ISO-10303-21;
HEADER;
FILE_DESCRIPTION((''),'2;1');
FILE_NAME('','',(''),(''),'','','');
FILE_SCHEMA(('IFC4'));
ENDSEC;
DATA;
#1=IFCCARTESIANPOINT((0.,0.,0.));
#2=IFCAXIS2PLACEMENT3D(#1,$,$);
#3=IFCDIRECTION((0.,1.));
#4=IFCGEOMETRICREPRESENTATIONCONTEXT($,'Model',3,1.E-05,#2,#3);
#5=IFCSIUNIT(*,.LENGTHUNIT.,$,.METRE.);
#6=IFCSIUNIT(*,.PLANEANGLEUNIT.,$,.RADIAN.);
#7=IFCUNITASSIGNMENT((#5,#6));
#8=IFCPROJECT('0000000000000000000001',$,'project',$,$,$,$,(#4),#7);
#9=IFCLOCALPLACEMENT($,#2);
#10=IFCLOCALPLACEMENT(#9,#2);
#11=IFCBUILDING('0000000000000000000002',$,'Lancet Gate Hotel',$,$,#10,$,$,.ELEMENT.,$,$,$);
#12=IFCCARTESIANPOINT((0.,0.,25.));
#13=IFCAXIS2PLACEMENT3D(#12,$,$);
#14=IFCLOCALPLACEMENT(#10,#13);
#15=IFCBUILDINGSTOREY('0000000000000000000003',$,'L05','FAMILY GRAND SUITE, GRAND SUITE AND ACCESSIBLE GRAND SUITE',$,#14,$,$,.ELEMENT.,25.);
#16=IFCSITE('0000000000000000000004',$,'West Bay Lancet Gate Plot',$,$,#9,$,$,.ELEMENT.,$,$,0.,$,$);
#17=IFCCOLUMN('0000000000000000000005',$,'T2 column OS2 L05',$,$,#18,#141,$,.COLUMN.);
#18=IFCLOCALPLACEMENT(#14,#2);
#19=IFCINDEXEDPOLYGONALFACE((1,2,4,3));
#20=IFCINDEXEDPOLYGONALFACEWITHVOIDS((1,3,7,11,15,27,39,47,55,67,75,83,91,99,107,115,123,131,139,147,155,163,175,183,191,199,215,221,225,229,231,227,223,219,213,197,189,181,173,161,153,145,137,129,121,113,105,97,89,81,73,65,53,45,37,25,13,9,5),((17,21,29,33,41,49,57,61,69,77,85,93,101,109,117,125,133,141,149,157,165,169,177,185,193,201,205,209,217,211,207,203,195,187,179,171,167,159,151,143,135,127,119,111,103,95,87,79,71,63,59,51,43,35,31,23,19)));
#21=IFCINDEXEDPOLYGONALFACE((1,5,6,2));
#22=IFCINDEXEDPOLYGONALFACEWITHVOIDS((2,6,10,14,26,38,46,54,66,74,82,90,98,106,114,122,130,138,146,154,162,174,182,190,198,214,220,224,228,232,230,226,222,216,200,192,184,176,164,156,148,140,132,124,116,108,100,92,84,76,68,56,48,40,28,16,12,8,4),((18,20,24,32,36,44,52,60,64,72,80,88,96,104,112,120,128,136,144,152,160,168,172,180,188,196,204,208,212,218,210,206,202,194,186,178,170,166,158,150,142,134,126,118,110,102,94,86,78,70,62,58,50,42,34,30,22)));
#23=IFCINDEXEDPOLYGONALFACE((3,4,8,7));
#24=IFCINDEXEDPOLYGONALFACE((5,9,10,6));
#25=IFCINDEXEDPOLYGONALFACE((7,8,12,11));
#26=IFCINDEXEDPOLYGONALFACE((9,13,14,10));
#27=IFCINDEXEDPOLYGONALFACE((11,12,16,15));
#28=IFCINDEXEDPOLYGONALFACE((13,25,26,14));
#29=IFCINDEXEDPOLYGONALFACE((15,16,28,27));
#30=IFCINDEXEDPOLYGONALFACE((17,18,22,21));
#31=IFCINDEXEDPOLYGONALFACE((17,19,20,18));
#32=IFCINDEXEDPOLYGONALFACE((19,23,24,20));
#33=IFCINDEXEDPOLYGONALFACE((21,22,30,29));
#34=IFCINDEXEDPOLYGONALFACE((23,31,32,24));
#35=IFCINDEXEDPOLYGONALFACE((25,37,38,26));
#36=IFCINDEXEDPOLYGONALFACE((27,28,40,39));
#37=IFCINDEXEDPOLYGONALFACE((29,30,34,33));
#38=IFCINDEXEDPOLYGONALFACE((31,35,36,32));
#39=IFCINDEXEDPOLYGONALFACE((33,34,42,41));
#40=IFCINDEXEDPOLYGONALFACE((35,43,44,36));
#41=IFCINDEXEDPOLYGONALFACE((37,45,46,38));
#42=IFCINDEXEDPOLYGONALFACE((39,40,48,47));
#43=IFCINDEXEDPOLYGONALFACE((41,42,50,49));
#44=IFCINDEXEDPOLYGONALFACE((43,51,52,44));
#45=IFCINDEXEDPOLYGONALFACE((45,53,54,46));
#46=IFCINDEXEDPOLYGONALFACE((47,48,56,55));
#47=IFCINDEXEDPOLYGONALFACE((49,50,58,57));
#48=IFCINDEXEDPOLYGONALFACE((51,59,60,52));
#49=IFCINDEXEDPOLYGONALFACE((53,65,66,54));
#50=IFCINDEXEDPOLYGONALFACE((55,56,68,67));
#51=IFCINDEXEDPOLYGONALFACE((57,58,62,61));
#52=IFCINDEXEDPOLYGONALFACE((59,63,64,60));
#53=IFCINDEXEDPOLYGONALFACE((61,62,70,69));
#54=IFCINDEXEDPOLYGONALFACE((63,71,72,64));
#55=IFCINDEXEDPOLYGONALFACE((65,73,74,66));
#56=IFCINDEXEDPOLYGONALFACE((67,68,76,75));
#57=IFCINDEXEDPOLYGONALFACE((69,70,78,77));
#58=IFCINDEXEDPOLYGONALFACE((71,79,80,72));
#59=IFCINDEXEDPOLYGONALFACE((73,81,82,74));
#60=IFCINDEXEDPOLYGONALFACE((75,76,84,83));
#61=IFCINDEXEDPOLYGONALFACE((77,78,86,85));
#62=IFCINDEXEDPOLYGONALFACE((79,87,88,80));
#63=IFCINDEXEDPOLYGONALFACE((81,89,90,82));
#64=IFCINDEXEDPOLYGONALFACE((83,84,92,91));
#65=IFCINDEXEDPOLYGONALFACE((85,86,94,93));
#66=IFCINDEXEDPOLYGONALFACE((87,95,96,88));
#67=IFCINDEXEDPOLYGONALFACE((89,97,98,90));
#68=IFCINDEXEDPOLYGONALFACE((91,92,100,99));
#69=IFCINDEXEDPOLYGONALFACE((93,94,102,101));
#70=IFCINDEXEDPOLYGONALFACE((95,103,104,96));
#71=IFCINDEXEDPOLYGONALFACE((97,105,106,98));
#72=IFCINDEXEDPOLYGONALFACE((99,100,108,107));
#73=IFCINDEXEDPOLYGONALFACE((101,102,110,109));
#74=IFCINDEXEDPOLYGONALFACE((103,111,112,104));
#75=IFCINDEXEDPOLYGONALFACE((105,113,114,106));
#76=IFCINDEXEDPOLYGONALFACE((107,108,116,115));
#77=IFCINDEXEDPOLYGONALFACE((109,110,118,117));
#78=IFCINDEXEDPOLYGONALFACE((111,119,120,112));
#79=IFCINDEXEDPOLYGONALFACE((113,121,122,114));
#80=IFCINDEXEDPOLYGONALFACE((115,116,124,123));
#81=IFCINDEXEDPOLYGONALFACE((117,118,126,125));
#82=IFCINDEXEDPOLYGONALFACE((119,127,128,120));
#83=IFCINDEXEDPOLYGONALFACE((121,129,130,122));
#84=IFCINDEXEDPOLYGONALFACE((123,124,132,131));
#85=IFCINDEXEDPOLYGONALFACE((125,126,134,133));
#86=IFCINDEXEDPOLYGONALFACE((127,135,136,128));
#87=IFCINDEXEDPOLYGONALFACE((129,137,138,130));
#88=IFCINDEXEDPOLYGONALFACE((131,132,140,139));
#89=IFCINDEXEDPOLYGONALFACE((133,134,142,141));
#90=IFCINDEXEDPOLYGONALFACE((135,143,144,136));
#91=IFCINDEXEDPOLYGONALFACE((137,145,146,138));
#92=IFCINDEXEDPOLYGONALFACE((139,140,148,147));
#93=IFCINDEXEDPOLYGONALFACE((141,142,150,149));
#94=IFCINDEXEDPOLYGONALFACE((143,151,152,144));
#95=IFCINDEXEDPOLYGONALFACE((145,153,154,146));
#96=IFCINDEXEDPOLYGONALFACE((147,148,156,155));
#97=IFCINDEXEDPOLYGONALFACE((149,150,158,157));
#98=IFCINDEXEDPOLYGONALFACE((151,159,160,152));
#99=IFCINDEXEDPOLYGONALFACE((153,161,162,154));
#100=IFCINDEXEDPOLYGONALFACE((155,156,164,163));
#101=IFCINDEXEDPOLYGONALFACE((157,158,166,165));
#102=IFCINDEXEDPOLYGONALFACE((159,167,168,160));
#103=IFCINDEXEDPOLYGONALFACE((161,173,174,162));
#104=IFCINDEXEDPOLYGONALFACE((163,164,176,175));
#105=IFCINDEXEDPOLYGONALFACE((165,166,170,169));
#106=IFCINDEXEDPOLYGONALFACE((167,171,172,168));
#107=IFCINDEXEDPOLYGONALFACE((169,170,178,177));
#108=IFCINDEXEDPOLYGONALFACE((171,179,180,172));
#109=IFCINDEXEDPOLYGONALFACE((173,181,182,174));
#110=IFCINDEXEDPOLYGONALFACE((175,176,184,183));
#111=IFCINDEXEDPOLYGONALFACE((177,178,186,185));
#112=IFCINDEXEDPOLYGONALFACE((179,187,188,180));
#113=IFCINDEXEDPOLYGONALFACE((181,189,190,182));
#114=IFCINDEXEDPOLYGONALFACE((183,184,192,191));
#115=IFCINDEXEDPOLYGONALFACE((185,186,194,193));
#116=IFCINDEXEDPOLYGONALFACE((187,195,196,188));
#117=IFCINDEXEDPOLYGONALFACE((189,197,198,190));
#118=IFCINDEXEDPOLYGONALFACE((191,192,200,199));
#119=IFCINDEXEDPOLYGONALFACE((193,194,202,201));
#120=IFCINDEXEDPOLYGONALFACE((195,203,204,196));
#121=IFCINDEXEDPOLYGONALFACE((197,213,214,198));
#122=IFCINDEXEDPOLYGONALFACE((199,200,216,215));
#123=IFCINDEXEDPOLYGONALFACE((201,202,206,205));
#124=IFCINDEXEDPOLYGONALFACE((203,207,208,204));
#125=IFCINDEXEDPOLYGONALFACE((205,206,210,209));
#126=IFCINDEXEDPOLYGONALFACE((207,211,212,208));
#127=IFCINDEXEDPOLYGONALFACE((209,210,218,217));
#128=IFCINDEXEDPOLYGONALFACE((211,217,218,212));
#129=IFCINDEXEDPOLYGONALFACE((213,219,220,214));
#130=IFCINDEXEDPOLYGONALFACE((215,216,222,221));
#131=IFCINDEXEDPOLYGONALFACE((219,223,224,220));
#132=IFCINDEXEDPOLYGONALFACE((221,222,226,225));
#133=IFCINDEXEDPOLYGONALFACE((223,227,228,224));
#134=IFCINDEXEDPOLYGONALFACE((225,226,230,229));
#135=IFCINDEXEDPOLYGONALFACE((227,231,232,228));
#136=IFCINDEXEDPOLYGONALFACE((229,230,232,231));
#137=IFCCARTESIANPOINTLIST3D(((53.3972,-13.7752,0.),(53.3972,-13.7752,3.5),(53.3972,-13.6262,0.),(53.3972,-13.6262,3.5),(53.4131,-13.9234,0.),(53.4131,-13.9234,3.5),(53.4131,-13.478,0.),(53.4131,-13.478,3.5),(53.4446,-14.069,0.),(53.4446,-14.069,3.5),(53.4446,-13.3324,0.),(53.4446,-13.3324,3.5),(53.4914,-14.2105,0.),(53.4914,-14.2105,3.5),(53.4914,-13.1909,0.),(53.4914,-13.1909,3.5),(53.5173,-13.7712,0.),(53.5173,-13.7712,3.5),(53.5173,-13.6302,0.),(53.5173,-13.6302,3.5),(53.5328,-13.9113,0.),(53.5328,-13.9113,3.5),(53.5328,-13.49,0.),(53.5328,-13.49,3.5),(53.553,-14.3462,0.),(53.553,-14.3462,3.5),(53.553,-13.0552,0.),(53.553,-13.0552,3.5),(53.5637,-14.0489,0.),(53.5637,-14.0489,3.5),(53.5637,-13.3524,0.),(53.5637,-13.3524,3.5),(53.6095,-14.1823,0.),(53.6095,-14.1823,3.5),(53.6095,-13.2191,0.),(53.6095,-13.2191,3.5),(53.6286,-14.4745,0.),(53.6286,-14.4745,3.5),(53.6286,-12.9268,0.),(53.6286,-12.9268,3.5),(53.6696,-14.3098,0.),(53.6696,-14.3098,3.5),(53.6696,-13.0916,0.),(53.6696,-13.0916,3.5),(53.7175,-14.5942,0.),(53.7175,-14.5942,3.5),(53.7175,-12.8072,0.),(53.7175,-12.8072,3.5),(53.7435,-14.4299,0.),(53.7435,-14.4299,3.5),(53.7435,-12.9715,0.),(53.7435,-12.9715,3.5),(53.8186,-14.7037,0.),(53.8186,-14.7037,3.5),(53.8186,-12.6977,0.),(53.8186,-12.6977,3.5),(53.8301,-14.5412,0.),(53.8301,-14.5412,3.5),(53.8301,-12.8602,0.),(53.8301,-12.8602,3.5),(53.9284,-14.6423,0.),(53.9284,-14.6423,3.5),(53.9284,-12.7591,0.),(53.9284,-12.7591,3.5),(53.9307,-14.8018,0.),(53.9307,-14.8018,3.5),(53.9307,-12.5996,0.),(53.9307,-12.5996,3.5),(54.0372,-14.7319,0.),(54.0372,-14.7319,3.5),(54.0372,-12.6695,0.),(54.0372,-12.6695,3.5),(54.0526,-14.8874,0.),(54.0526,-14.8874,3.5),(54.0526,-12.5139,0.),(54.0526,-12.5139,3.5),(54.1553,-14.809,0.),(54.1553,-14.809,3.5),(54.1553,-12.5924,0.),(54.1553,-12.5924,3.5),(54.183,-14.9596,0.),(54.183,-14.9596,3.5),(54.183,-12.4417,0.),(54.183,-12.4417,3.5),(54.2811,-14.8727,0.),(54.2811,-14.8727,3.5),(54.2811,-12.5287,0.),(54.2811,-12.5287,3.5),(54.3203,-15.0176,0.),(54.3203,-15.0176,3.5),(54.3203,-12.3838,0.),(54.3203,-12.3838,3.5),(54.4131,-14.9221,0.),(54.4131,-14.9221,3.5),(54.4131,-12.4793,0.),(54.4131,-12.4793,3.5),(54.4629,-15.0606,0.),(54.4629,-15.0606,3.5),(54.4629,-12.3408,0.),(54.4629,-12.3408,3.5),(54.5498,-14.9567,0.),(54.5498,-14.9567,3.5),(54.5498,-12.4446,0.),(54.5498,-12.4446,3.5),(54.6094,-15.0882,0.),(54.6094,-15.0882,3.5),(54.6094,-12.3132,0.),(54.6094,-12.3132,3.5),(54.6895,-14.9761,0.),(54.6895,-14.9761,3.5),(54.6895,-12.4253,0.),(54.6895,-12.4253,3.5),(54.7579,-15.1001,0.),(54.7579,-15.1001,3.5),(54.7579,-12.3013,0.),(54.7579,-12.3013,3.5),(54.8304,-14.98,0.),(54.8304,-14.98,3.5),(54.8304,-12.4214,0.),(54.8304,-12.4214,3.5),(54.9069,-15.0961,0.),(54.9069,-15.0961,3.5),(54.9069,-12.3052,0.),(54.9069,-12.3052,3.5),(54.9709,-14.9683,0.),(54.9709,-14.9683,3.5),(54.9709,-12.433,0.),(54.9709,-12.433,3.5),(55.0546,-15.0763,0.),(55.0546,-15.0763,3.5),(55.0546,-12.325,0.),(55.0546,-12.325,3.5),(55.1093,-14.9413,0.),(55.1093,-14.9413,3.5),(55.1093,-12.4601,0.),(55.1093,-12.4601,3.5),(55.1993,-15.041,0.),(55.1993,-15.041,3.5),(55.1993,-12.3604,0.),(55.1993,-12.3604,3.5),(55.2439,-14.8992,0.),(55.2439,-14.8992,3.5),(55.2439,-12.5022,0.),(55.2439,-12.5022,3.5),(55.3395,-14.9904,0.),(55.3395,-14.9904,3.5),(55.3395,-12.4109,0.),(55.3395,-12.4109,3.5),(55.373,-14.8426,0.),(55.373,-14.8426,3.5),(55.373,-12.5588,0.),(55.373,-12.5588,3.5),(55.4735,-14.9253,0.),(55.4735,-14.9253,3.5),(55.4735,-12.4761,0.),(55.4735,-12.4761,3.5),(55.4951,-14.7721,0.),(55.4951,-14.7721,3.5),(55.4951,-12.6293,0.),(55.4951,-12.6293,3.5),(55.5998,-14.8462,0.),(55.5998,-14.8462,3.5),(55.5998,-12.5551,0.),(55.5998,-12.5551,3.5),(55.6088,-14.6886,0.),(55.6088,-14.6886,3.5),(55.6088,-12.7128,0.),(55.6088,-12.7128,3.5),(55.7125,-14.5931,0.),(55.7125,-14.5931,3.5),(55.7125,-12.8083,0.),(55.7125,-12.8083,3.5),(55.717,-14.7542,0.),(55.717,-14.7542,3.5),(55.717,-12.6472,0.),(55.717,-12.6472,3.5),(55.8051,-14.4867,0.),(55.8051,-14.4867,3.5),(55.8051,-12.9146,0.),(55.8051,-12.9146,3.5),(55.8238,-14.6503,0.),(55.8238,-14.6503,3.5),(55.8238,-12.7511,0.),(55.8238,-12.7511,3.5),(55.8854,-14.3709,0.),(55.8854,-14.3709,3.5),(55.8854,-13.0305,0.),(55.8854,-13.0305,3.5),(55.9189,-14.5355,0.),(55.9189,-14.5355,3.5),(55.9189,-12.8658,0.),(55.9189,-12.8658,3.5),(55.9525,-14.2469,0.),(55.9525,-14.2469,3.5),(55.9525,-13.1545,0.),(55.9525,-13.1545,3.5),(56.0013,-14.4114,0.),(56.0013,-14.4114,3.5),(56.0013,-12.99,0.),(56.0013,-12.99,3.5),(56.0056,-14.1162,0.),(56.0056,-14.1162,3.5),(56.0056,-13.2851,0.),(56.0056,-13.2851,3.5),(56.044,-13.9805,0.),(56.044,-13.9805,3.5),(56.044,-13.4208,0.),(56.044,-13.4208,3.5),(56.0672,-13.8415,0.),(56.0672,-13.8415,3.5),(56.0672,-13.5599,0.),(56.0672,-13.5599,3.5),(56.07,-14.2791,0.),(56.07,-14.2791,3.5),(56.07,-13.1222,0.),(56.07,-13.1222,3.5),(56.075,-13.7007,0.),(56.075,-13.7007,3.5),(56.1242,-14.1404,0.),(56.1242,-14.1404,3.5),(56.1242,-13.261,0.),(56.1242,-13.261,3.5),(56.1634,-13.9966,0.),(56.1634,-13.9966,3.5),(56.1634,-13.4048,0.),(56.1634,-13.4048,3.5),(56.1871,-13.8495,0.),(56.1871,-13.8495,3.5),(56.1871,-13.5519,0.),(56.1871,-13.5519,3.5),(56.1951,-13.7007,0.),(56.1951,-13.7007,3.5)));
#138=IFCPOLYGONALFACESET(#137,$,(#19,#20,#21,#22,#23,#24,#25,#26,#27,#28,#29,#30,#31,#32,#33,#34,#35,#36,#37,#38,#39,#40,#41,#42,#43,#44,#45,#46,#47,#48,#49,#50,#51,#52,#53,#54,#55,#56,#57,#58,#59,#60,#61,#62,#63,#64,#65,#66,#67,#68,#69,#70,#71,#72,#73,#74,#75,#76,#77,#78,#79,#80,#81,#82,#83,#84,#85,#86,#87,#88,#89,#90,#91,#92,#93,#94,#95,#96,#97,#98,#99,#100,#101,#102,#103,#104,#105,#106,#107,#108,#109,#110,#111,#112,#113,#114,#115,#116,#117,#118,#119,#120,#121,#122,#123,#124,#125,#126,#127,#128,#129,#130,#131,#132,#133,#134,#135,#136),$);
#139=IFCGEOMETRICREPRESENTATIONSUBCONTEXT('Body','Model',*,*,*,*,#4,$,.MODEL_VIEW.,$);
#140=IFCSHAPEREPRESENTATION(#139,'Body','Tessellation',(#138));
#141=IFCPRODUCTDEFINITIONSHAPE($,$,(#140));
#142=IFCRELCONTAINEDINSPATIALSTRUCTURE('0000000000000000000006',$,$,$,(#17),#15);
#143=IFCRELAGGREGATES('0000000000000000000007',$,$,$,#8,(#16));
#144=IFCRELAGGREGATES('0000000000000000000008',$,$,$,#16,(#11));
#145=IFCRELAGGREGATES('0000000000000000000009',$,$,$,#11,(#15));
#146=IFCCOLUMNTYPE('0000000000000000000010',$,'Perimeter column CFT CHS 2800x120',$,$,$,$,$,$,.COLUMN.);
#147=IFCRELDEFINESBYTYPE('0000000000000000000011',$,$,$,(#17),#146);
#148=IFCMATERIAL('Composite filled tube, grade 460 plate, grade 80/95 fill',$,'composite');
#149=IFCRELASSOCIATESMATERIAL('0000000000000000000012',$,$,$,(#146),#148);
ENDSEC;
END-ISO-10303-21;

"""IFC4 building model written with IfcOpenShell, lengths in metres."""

from ifc_helpers import new_model, si_unit, direction, frame, origin, origin_2d, place, context, subcontext, project, spatial, hollow_circle, extrude, material, material_profile, profile_set, type_object, element, save


model = new_model("IFC4")

# Units and contexts
model_context = context("Model", 3, precision=1e-05, world=origin(), true_north=direction((0.0, 1.0)))
body_context = subcontext(model_context, "Body", "Model", "MODEL_VIEW")
ifc_project = project(units=[si_unit("LENGTHUNIT", "METRE"), si_unit("PLANEANGLEUNIT", "RADIAN")], contexts=[model_context])

# Site, building, storey
site_placement = place(None, origin())
site = spatial("IfcSite", under=ifc_project, at=site_placement, Name="West Bay Lancet Gate Plot", CompositionType="ELEMENT", RefElevation=0.0)
building_placement = place(site_placement, origin())
building = spatial("IfcBuilding", under=site, at=building_placement, Name="Lancet Gate Hotel", CompositionType="ELEMENT")
storey_placement = place(building_placement, frame((0.0, 0.0, 25.0)))
storey = spatial("IfcBuildingStorey", under=building, at=storey_placement, Name="L05", Description="FAMILY GRAND SUITE, GRAND SUITE AND ACCESSIBLE GRAND SUITE", CompositionType="ELEMENT", Elevation=25.0)

# Column
ifc_material_1 = material(Name="Composite filled tube, grade 460 plate, grade 80/95 fill", Category="composite")
ifc_material_profile_1 = material_profile(ifc_material_1, hollow_circle(Radius=1.3999, WallThickness=0.1201, at=origin_2d()), Name="CHS 2800x120")
ifc_profile_set_1 = profile_set([ifc_material_profile_1], Name="Composite filled tube, grade 460 plate, grade 80/95 fill")
column_type = type_object("IfcColumnType", Name="Perimeter column CFT CHS 2800x120", PredefinedType="COLUMN", material=ifc_profile_set_1)
for number, where, z_axis, x_axis, name in (
    (1, (54.7952, -13.7007, 0.0), (0.0, 0.0, 1.0), (1.0, 0.0, 0.0), "T2 column OS2 L05"),
):
    element("IfcColumn", number, at=place(storey_placement, frame(where, z_axis=z_axis, x_axis=x_axis)), inside=storey, type_object=column_type, Name=name, PredefinedType="COLUMN", context=body_context, shape_type="SweptSolid", body=[
        extrude(hollow_circle(Radius=1.3999, WallThickness=0.1201, at=origin_2d()), origin(), (0.0, 0.0, 1.0), 3.5),
    ])

save(model, "model.ifc")
